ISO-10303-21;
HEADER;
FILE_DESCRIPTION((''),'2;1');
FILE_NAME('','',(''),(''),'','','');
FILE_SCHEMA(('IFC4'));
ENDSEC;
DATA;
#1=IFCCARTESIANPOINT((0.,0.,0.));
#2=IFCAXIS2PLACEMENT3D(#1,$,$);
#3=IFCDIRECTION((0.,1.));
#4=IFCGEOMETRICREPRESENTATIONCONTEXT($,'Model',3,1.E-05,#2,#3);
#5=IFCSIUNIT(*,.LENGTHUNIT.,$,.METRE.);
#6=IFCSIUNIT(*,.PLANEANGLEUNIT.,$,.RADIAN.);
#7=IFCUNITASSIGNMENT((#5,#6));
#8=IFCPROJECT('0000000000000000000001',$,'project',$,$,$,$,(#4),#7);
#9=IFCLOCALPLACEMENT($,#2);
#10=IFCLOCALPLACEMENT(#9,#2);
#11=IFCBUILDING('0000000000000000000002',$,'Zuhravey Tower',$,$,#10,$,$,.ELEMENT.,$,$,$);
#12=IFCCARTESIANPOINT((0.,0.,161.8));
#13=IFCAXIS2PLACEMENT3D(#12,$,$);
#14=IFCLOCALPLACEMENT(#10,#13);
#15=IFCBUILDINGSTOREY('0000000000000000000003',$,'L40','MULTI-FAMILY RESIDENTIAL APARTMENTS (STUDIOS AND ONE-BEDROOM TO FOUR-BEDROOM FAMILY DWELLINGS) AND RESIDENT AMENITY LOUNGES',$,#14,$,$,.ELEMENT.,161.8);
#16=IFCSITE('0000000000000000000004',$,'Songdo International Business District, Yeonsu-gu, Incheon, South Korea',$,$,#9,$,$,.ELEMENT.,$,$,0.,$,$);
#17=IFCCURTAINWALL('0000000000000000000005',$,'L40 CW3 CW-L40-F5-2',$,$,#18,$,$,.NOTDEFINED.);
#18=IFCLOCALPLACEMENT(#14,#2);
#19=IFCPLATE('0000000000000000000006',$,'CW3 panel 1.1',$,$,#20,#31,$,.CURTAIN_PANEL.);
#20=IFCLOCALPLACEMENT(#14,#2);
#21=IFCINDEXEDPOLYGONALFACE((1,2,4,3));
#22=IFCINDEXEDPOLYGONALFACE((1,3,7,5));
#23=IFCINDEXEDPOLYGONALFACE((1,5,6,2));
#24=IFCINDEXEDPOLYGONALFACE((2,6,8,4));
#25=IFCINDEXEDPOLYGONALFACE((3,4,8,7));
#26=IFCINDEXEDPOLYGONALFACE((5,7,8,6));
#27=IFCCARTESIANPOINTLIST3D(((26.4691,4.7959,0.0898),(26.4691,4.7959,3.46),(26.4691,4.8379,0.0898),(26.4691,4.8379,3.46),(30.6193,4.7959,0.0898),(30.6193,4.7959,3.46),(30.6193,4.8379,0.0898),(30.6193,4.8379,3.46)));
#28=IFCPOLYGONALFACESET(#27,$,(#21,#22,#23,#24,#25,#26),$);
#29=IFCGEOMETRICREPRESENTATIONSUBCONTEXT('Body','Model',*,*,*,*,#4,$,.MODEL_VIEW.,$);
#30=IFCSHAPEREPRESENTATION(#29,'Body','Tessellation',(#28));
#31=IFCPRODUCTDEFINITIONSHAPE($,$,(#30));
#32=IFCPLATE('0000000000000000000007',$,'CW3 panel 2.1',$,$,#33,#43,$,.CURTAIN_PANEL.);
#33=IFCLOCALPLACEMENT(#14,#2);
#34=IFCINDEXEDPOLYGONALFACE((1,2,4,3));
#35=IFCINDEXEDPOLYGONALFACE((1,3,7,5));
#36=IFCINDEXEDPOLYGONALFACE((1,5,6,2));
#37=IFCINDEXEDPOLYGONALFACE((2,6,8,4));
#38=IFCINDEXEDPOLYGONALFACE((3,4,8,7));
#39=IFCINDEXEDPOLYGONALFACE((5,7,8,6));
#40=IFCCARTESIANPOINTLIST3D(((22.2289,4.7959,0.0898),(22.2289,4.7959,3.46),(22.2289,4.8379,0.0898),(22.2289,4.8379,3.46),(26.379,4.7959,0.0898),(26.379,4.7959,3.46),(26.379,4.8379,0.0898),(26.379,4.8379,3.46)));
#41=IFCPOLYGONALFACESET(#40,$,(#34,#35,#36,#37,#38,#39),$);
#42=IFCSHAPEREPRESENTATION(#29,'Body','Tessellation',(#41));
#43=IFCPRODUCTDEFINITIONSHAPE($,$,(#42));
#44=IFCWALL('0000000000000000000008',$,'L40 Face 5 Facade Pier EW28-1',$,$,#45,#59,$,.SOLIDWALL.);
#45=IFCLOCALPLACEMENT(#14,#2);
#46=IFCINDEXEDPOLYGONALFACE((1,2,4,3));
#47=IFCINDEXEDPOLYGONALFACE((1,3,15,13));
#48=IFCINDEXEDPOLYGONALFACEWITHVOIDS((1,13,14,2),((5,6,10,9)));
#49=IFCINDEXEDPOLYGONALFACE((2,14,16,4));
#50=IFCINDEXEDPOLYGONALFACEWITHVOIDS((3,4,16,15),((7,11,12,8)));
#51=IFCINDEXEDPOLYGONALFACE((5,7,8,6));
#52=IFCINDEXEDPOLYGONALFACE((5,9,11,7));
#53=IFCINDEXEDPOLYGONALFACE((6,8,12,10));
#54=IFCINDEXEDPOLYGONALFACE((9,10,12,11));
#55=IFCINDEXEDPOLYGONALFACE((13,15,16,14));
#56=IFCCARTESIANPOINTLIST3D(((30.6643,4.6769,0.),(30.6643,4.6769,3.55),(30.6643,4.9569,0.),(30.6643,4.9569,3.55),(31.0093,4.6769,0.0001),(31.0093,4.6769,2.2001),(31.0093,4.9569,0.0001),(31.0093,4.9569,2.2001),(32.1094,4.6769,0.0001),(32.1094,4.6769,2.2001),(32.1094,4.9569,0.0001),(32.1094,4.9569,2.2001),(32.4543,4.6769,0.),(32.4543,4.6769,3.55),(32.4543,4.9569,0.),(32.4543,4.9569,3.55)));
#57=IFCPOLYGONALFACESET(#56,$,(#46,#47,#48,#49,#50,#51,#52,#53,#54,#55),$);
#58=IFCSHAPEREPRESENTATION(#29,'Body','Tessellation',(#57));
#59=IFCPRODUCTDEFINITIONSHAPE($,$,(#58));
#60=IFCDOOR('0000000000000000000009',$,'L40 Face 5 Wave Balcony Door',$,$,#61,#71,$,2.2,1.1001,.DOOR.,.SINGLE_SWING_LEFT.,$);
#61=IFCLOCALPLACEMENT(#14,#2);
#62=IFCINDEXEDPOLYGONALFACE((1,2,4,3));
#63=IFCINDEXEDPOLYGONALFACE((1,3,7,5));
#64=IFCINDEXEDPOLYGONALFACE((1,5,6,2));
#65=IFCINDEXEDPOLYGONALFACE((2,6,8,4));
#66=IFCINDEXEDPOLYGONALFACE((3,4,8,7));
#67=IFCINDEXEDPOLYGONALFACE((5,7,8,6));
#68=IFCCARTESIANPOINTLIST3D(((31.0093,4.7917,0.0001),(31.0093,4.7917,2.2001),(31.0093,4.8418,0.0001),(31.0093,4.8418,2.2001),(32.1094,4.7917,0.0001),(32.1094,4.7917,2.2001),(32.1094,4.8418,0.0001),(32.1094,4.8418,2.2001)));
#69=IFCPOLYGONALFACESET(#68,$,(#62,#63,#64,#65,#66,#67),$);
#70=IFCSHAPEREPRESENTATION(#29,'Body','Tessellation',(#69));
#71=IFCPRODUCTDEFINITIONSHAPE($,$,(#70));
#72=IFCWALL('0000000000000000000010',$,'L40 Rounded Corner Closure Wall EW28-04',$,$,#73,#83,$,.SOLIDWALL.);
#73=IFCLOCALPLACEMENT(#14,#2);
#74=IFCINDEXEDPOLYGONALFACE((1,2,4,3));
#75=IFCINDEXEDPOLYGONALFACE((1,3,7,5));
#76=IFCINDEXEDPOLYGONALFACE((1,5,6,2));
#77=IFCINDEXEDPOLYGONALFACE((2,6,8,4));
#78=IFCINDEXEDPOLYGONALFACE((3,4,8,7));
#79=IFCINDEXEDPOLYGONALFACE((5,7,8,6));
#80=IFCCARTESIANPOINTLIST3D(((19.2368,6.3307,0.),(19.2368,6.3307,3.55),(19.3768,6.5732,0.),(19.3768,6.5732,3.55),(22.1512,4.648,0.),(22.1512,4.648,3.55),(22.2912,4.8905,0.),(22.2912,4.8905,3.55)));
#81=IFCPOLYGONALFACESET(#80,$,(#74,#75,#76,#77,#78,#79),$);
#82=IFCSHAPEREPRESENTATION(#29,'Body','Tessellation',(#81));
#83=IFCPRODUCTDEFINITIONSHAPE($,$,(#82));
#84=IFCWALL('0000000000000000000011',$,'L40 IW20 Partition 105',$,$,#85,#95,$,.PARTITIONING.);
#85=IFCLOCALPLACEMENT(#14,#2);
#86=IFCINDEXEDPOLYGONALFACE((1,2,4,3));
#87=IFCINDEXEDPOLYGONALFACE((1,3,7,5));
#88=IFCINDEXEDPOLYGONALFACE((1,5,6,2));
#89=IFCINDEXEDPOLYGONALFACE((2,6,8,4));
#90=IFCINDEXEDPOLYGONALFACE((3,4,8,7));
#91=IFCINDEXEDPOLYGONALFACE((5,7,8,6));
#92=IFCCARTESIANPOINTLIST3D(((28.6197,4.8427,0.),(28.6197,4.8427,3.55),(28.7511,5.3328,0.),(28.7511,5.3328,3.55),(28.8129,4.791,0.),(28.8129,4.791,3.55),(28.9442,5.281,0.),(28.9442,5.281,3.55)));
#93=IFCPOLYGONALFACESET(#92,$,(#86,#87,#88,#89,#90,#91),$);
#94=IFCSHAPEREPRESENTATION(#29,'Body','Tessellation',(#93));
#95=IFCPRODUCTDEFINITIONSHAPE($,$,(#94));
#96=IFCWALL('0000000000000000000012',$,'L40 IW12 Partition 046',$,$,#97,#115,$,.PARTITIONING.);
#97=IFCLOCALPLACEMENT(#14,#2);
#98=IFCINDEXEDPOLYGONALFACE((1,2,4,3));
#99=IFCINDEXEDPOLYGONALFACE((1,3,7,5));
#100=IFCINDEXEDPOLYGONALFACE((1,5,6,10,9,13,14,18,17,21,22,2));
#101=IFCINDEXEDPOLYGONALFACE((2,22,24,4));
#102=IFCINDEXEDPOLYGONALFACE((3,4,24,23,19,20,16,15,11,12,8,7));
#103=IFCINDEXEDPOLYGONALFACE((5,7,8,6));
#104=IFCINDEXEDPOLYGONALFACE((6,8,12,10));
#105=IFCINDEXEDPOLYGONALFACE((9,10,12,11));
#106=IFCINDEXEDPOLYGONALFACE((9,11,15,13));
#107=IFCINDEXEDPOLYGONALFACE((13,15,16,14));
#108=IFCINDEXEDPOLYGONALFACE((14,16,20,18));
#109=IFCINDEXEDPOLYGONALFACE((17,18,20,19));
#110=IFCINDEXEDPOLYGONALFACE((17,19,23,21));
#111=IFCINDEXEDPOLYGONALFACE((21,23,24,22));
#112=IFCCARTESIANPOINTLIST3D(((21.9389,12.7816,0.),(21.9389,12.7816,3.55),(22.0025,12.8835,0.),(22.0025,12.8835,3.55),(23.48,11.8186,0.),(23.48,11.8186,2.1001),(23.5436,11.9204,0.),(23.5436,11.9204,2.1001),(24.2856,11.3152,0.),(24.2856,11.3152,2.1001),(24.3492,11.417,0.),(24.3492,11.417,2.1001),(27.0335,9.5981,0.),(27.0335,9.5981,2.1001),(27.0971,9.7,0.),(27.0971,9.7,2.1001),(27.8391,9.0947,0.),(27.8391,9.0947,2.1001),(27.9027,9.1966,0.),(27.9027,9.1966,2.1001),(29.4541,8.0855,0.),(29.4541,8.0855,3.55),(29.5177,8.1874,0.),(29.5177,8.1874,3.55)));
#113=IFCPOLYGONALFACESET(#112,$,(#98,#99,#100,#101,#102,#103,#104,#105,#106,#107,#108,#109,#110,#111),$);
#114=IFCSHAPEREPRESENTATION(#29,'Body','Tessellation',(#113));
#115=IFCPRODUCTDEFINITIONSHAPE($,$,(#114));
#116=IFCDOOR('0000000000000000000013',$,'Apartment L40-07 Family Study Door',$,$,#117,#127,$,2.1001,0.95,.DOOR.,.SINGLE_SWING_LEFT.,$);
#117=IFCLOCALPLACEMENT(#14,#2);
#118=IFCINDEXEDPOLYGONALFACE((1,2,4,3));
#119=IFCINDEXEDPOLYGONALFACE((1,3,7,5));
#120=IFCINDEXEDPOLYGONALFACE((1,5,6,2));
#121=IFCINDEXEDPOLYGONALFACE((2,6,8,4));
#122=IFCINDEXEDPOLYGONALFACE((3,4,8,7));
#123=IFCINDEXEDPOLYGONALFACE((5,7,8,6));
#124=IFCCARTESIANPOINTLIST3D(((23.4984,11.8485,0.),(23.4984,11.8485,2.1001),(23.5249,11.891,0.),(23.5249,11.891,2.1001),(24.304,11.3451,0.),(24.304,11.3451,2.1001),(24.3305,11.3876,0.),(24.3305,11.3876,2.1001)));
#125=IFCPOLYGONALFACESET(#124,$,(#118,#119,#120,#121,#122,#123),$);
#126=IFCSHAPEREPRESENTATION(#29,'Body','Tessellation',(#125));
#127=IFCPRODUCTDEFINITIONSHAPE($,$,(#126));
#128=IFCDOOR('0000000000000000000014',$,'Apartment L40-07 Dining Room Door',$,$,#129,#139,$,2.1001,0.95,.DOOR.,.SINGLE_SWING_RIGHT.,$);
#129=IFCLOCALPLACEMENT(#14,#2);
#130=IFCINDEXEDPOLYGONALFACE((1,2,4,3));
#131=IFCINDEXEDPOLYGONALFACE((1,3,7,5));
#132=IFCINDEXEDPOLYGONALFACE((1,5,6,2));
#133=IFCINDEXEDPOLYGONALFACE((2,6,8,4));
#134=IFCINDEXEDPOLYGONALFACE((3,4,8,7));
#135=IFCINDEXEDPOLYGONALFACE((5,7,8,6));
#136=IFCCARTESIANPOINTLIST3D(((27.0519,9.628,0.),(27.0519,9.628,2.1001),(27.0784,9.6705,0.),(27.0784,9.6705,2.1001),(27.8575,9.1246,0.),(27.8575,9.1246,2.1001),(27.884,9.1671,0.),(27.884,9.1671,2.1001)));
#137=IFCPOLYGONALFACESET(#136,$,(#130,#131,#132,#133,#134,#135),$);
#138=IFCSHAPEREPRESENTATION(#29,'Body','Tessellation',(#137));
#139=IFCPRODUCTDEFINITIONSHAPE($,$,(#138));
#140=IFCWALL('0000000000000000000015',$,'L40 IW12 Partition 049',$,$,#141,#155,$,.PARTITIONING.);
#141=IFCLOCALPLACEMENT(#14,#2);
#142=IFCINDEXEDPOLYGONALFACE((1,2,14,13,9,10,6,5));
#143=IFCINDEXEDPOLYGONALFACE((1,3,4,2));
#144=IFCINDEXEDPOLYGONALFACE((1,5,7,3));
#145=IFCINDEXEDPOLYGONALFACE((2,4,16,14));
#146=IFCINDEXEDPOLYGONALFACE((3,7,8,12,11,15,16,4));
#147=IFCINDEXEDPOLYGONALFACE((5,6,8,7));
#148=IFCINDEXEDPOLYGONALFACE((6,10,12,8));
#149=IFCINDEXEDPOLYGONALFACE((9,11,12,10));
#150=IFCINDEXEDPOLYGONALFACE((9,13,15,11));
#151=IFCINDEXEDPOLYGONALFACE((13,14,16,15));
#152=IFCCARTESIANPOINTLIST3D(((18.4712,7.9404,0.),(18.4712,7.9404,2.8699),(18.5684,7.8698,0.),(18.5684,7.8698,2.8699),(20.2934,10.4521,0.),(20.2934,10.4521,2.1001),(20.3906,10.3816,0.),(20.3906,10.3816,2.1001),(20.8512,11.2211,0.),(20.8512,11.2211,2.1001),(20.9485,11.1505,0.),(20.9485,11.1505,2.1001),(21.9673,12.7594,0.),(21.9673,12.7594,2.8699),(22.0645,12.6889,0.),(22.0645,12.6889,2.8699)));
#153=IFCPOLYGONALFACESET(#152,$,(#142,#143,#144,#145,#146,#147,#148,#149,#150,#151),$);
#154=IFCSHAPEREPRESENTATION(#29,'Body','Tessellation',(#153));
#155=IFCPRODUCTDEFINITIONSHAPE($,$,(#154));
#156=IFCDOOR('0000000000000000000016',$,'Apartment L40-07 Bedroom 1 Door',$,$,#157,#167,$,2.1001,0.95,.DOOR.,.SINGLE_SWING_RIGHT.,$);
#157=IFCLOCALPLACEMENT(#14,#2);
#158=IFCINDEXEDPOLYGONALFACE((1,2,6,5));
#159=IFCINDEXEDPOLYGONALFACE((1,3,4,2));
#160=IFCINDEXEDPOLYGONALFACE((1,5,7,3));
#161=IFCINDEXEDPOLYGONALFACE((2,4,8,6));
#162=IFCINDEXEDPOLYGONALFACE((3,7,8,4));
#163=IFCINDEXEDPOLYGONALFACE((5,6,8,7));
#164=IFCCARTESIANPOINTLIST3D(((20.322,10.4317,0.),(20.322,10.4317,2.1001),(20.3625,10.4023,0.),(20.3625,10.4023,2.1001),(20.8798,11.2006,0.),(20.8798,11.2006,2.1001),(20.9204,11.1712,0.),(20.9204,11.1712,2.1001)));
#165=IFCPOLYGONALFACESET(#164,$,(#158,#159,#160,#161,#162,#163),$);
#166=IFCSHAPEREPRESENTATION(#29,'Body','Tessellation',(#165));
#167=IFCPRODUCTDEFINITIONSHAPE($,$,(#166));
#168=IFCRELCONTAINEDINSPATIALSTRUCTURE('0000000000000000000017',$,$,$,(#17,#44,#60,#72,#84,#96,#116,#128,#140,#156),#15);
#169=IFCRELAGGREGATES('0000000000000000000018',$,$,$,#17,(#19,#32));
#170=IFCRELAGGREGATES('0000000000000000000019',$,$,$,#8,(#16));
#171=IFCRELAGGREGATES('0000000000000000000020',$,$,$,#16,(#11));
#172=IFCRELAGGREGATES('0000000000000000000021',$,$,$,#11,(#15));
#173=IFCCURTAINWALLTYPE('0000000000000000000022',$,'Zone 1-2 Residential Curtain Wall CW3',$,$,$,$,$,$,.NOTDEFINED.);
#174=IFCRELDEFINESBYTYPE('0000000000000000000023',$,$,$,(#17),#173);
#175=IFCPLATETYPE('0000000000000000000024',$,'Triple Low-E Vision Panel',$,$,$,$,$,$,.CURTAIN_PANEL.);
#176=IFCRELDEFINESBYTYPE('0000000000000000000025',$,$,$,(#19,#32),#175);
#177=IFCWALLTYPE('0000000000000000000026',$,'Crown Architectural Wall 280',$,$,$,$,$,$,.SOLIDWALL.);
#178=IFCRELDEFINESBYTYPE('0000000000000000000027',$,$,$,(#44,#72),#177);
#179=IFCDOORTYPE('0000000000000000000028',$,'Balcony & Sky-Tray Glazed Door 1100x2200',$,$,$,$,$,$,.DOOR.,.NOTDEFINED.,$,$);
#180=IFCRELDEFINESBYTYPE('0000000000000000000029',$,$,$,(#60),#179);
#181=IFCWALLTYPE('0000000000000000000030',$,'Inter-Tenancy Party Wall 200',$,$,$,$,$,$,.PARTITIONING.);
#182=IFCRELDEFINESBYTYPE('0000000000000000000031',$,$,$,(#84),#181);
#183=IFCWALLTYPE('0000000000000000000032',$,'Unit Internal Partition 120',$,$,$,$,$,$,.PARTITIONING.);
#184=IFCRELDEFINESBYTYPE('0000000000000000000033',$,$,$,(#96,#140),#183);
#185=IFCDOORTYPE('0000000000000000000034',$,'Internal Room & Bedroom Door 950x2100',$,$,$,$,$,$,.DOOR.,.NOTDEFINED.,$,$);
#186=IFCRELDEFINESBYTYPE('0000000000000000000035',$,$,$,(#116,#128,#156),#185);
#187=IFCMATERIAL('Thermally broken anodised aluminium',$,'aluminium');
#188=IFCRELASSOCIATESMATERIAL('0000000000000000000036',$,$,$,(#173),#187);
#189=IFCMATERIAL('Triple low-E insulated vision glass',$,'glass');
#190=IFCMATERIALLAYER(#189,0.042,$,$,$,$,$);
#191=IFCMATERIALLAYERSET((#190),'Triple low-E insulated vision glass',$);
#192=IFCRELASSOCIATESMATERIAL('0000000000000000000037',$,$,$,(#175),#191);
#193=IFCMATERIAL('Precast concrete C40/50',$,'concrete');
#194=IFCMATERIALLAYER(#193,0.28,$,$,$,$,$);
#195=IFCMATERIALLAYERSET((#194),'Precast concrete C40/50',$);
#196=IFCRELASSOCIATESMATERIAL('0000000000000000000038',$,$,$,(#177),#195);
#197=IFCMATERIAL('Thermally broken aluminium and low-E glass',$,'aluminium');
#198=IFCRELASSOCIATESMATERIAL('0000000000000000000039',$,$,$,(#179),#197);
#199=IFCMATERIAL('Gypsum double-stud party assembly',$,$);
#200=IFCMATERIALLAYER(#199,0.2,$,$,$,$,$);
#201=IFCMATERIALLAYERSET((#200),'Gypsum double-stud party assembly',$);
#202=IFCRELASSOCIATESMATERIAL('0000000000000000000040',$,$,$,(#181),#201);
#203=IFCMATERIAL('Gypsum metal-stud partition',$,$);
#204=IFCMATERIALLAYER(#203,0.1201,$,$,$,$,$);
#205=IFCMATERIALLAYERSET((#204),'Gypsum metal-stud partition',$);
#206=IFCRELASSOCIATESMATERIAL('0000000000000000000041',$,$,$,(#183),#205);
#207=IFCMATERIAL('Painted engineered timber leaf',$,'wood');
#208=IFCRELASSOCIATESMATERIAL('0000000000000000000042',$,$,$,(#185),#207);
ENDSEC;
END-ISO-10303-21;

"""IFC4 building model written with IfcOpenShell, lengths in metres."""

from ifc_helpers import new_model, si_unit, direction, frame, frame_2d, origin, origin_2d, place, context, subcontext, project, spatial, rectangle, extrude, material, layer, layer_set, type_object, element, fill, aggregate, save


model = new_model("IFC4")

# Units and contexts
model_context = context("Model", 3, precision=1e-05, world=origin(), true_north=direction((0.0, 1.0)))
body_context = subcontext(model_context, "Body", "Model", "MODEL_VIEW")
ifc_project = project(units=[si_unit("LENGTHUNIT", "METRE"), si_unit("PLANEANGLEUNIT", "RADIAN")], contexts=[model_context])

# Site, building, storey
site_placement = place(None, origin())
site = spatial("IfcSite", under=ifc_project, at=site_placement, Name="Songdo International Business District, Yeonsu-gu, Incheon, South Korea", CompositionType="ELEMENT", RefElevation=0.0)
building_placement = place(site_placement, origin())
building = spatial("IfcBuilding", under=site, at=building_placement, Name="Zuhravey Tower", CompositionType="ELEMENT")
storey_placement = place(building_placement, frame((0.0, 0.0, 161.8)))
storey = spatial("IfcBuildingStorey", under=building, at=storey_placement, Name="L40", Description="MULTI-FAMILY RESIDENTIAL APARTMENTS (STUDIOS AND ONE-BEDROOM TO FOUR-BEDROOM FAMILY DWELLINGS) AND RESIDENT AMENITY LOUNGES", CompositionType="ELEMENT", Elevation=161.8)

# Shared definitions
ifc_material_1 = material(Name="Thermally broken anodised aluminium", Category="aluminium")
curtain_wall_type = type_object("IfcCurtainWallType", Name="Zone 1-2 Residential Curtain Wall CW3", PredefinedType="NOTDEFINED", material=ifc_material_1)

# Curtain wall
curtain_wall_1_placement = place(storey_placement, origin())
curtain_wall_1 = element("IfcCurtainWall", 1, at=curtain_wall_1_placement, inside=storey, type_object=curtain_wall_type, Name="L40 CW3 CW-L40-F5-2", PredefinedType="NOTDEFINED")

# Plates
ifc_material_2 = material(Name="Triple low-E insulated vision glass", Category="glass")
ifc_layer_1 = layer(ifc_material_2, 0.042)
ifc_layer_set_1 = layer_set([ifc_layer_1], Name="Triple low-E insulated vision glass")
plate_type_1 = type_object("IfcPlateType", Name="Triple Low-E Vision Panel", PredefinedType="CURTAIN_PANEL", material=ifc_layer_set_1)
plate_1_placement = place(storey_placement, frame((28.5442, 4.8169, 0.0898), z_axis=(0.0, 0.0, 1.0), x_axis=(-1.0, 0.0, 0.0)))
plate_1 = element("IfcPlate", 2, at=plate_1_placement, type_object=plate_type_1, Name="CW3 panel 1.1", PredefinedType="CURTAIN_PANEL", context=body_context, shape_type="SweptSolid", body=[
    extrude(rectangle(XDim=4.1501, YDim=0.042, at=origin_2d()), origin(), (0.0, 0.0, 1.0), 3.3701),
])
plate_2_placement = place(storey_placement, frame((24.304, 4.8169, 0.0898), z_axis=(0.0, 0.0, 1.0), x_axis=(-1.0, 0.0, 0.0)))
plate_2 = element("IfcPlate", 3, at=plate_2_placement, type_object=plate_type_1, Name="CW3 panel 2.1", PredefinedType="CURTAIN_PANEL", context=body_context, shape_type="SweptSolid", body=[
    extrude(rectangle(XDim=4.1501, YDim=0.042, at=origin_2d()), origin(), (0.0, 0.0, 1.0), 3.3701),
])
aggregate(curtain_wall_1, [plate_1, plate_2])

# Wall, opening, door
ifc_material_3 = material(Name="Precast concrete C40/50", Category="concrete")
ifc_layer_2 = layer(ifc_material_3, 0.28)
ifc_layer_set_2 = layer_set([ifc_layer_2], Name="Precast concrete C40/50")
wall_type_1 = type_object("IfcWallType", Name="Crown Architectural Wall 280", PredefinedType="SOLIDWALL", material=ifc_layer_set_2)
wall_1_placement = place(storey_placement, frame((32.4543, 4.8169, 0.0), z_axis=(0.0, 0.0, 1.0), x_axis=(-1.0, 0.0, 0.0)))
wall_1 = element("IfcWall", 4, at=wall_1_placement, inside=storey, type_object=wall_type_1, Name="L40 Face 5 Facade Pier EW28-1", PredefinedType="SOLIDWALL", context=body_context, shape_type="SweptSolid", body=[
    extrude(rectangle(XDim=1.79, YDim=0.28, at=frame_2d((0.895, 0.0))), origin(), (0.0, 0.0, 1.0), 3.55),
])
opening_1_placement = place(wall_1_placement, frame((0.345, 0.0, 0.0)))
opening_1 = element("IfcOpeningElement", 5, at=opening_1_placement, cuts=wall_1, PredefinedType="OPENING", context=body_context, shape_type="SweptSolid", body=[
    extrude(rectangle(XDim=1.1001, YDim=2.2, at=frame_2d((0.55, 1.1001))), frame((0.0, 0.1521, 0.0), z_axis=(0.0, -1.0, 0.0), x_axis=(1.0, 0.0, 0.0)), (0.0, 0.0, 1.0), 0.304),
])
ifc_material_4 = material(Name="Thermally broken aluminium and low-E glass", Category="aluminium")
door_type_1 = type_object("IfcDoorType", Name="Balcony & Sky-Tray Glazed Door 1100x2200", OperationType="NOTDEFINED", PredefinedType="DOOR", material=ifc_material_4)
door_1_placement = place(opening_1_placement, frame((1.1001, 0.0, 0.0), z_axis=(0.0, 0.0, 1.0), x_axis=(-1.0, 0.0, 0.0)))
door_1 = element("IfcDoor", 6, at=door_1_placement, inside=storey, type_object=door_type_1, Name="L40 Face 5 Wave Balcony Door", OperationType="SINGLE_SWING_LEFT", OverallHeight=2.2, OverallWidth=1.1001, PredefinedType="DOOR", context=body_context, shape_type="SweptSolid", body=[
    extrude(rectangle(XDim=1.1001, YDim=2.2, at=frame_2d((0.55, 1.1001))), frame((0.0, 0.0249, 0.0), z_axis=(0.0, -1.0, 0.0), x_axis=(1.0, 0.0, 0.0)), (0.0, 0.0, 1.0), 0.05),
])
fill(opening_1, door_1)

# Walls
wall_2_placement = place(storey_placement, frame((22.2212, 4.7693, 0.0), z_axis=(0.0, 0.0, 1.0), x_axis=(-0.86602, 0.500009, 0.0)))
element("IfcWall", 7, at=wall_2_placement, inside=storey, type_object=wall_type_1, Name="L40 Rounded Corner Closure Wall EW28-04", PredefinedType="SOLIDWALL", context=body_context, shape_type="SweptSolid", body=[
    extrude(rectangle(XDim=3.3652, YDim=0.28, at=frame_2d((1.6826, 0.0))), origin(), (0.0, 0.0, 1.0), 3.55),
])
ifc_material_5 = material(Name="Gypsum double-stud party assembly")
ifc_layer_3 = layer(ifc_material_5, 0.2)
ifc_layer_set_3 = layer_set([ifc_layer_3], Name="Gypsum double-stud party assembly")
wall_type_2 = type_object("IfcWallType", Name="Inter-Tenancy Party Wall 200", PredefinedType="PARTITIONING", material=ifc_layer_set_3)
wall_3_placement = place(storey_placement, frame((28.8477, 5.3069, 0.0), z_axis=(0.0, 0.0, 1.0), x_axis=(-0.258921, -0.965899, 0.0)))
element("IfcWall", 8, at=wall_3_placement, inside=storey, type_object=wall_type_2, Name="L40 IW20 Partition 105", PredefinedType="PARTITIONING", context=body_context, shape_type="SweptSolid", body=[
    extrude(rectangle(XDim=0.5073, YDim=0.2, at=frame_2d((0.2537, 0.0))), origin(), (0.0, 0.0, 1.0), 3.55),
])

# Wall, openings, doors
ifc_material_6 = material(Name="Gypsum metal-stud partition")
ifc_layer_4 = layer(ifc_material_6, 0.1201)
ifc_layer_set_4 = layer_set([ifc_layer_4], Name="Gypsum metal-stud partition")
wall_type_3 = type_object("IfcWallType", Name="Unit Internal Partition 120", PredefinedType="PARTITIONING", material=ifc_layer_set_4)
wall_4_placement = place(storey_placement, frame((21.9707, 12.8325, 0.0), z_axis=(0.0, 0.0, 1.0), x_axis=(0.848045, -0.529925, 0.0)))
wall_4 = element("IfcWall", 9, at=wall_4_placement, inside=storey, type_object=wall_type_3, Name="L40 IW12 Partition 046", PredefinedType="PARTITIONING", context=body_context, shape_type="SweptSolid", body=[
    extrude(rectangle(XDim=8.8618, YDim=0.1201, at=frame_2d((4.4309, 0.0))), origin(), (0.0, 0.0, 1.0), 3.55),
])
opening_2_placement = place(wall_4_placement, frame((1.8171, 0.0, 0.0)))
opening_2 = element("IfcOpeningElement", 10, at=opening_2_placement, cuts=wall_4, PredefinedType="OPENING", context=body_context, shape_type="SweptSolid", body=[
    extrude(rectangle(XDim=0.95, YDim=2.1001, at=frame_2d((0.4751, 1.05))), frame((0.0, 0.072, 0.0), z_axis=(0.0, -1.0, 0.0), x_axis=(1.0, 0.0, 0.0)), (0.0, 0.0, 1.0), 0.144),
])
opening_3_placement = place(wall_4_placement, frame((6.0073, 0.0, 0.0)))
opening_3 = element("IfcOpeningElement", 11, at=opening_3_placement, cuts=wall_4, PredefinedType="OPENING", context=body_context, shape_type="SweptSolid", body=[
    extrude(rectangle(XDim=0.95, YDim=2.1001, at=frame_2d((0.4751, 1.05))), frame((0.0, 0.072, 0.0), z_axis=(0.0, -1.0, 0.0), x_axis=(1.0, 0.0, 0.0)), (0.0, 0.0, 1.0), 0.144),
])
ifc_material_7 = material(Name="Painted engineered timber leaf", Category="wood")
door_type_2 = type_object("IfcDoorType", Name="Internal Room & Bedroom Door 950x2100", OperationType="NOTDEFINED", PredefinedType="DOOR", material=ifc_material_7)
door_2_placement = place(opening_2_placement, frame((0.95, 0.0, 0.0), z_axis=(0.0, 0.0, 1.0), x_axis=(-1.0, 0.0, 0.0)))
door_2 = element("IfcDoor", 12, at=door_2_placement, inside=storey, type_object=door_type_2, Name="Apartment L40-07 Family Study Door", OperationType="SINGLE_SWING_LEFT", OverallHeight=2.1001, OverallWidth=0.95, PredefinedType="DOOR", context=body_context, shape_type="SweptSolid", body=[
    extrude(rectangle(XDim=0.95, YDim=2.1001, at=frame_2d((0.4751, 1.05))), frame((0.0, 0.0249, 0.0), z_axis=(0.0, -1.0, 0.0), x_axis=(1.0, 0.0, 0.0)), (0.0, 0.0, 1.0), 0.05),
])
fill(opening_2, door_2)
door_3_placement = place(opening_3_placement, frame((0.95, 0.0, 0.0), z_axis=(0.0, 0.0, 1.0), x_axis=(-1.0, 0.0, 0.0)))
door_3 = element("IfcDoor", 13, at=door_3_placement, inside=storey, type_object=door_type_2, Name="Apartment L40-07 Dining Room Door", OperationType="SINGLE_SWING_RIGHT", OverallHeight=2.1001, OverallWidth=0.95, PredefinedType="DOOR", context=body_context, shape_type="SweptSolid", body=[
    extrude(rectangle(XDim=0.95, YDim=2.1001, at=frame_2d((0.4751, 1.05))), frame((0.0, 0.0249, 0.0), z_axis=(0.0, -1.0, 0.0), x_axis=(1.0, 0.0, 0.0)), (0.0, 0.0, 1.0), 0.05),
])
fill(opening_3, door_3)

# Wall, opening, door
wall_5_placement = place(storey_placement, frame((22.0159, 12.7241, 0.0), z_axis=(0.0, 0.0, 1.0), x_axis=(-0.587215, -0.809431, 0.0)))
wall_5 = element("IfcWall", 14, at=wall_5_placement, inside=storey, type_object=wall_type_3, Name="L40 IW12 Partition 049", PredefinedType="PARTITIONING", context=body_context, shape_type="SweptSolid", body=[
    extrude(rectangle(XDim=5.9536, YDim=0.1201, at=frame_2d((2.9768, 0.0))), origin(), (0.0, 0.0, 1.0), 2.8699),
])
opening_4_placement = place(wall_5_placement, frame((1.9004, 0.0, 0.0)))
opening_4 = element("IfcOpeningElement", 15, at=opening_4_placement, cuts=wall_5, PredefinedType="OPENING", context=body_context, shape_type="SweptSolid", body=[
    extrude(rectangle(XDim=0.95, YDim=2.1001, at=frame_2d((0.4751, 1.05))), frame((0.0, 0.072, 0.0), z_axis=(0.0, -1.0, 0.0), x_axis=(1.0, 0.0, 0.0)), (0.0, 0.0, 1.0), 0.144),
])
door_4_placement = place(opening_4_placement, frame((0.95, 0.0, 0.0), z_axis=(0.0, 0.0, 1.0), x_axis=(-1.0, 0.0, 0.0)))
door_4 = element("IfcDoor", 16, at=door_4_placement, inside=storey, type_object=door_type_2, Name="Apartment L40-07 Bedroom 1 Door", OperationType="SINGLE_SWING_RIGHT", OverallHeight=2.1001, OverallWidth=0.95, PredefinedType="DOOR", context=body_context, shape_type="SweptSolid", body=[
    extrude(rectangle(XDim=0.95, YDim=2.1001, at=frame_2d((0.4751, 1.05))), frame((0.0, 0.0249, 0.0), z_axis=(0.0, -1.0, 0.0), x_axis=(1.0, 0.0, 0.0)), (0.0, 0.0, 1.0), 0.05),
])
fill(opening_4, door_4)

save(model, "model.ifc")
